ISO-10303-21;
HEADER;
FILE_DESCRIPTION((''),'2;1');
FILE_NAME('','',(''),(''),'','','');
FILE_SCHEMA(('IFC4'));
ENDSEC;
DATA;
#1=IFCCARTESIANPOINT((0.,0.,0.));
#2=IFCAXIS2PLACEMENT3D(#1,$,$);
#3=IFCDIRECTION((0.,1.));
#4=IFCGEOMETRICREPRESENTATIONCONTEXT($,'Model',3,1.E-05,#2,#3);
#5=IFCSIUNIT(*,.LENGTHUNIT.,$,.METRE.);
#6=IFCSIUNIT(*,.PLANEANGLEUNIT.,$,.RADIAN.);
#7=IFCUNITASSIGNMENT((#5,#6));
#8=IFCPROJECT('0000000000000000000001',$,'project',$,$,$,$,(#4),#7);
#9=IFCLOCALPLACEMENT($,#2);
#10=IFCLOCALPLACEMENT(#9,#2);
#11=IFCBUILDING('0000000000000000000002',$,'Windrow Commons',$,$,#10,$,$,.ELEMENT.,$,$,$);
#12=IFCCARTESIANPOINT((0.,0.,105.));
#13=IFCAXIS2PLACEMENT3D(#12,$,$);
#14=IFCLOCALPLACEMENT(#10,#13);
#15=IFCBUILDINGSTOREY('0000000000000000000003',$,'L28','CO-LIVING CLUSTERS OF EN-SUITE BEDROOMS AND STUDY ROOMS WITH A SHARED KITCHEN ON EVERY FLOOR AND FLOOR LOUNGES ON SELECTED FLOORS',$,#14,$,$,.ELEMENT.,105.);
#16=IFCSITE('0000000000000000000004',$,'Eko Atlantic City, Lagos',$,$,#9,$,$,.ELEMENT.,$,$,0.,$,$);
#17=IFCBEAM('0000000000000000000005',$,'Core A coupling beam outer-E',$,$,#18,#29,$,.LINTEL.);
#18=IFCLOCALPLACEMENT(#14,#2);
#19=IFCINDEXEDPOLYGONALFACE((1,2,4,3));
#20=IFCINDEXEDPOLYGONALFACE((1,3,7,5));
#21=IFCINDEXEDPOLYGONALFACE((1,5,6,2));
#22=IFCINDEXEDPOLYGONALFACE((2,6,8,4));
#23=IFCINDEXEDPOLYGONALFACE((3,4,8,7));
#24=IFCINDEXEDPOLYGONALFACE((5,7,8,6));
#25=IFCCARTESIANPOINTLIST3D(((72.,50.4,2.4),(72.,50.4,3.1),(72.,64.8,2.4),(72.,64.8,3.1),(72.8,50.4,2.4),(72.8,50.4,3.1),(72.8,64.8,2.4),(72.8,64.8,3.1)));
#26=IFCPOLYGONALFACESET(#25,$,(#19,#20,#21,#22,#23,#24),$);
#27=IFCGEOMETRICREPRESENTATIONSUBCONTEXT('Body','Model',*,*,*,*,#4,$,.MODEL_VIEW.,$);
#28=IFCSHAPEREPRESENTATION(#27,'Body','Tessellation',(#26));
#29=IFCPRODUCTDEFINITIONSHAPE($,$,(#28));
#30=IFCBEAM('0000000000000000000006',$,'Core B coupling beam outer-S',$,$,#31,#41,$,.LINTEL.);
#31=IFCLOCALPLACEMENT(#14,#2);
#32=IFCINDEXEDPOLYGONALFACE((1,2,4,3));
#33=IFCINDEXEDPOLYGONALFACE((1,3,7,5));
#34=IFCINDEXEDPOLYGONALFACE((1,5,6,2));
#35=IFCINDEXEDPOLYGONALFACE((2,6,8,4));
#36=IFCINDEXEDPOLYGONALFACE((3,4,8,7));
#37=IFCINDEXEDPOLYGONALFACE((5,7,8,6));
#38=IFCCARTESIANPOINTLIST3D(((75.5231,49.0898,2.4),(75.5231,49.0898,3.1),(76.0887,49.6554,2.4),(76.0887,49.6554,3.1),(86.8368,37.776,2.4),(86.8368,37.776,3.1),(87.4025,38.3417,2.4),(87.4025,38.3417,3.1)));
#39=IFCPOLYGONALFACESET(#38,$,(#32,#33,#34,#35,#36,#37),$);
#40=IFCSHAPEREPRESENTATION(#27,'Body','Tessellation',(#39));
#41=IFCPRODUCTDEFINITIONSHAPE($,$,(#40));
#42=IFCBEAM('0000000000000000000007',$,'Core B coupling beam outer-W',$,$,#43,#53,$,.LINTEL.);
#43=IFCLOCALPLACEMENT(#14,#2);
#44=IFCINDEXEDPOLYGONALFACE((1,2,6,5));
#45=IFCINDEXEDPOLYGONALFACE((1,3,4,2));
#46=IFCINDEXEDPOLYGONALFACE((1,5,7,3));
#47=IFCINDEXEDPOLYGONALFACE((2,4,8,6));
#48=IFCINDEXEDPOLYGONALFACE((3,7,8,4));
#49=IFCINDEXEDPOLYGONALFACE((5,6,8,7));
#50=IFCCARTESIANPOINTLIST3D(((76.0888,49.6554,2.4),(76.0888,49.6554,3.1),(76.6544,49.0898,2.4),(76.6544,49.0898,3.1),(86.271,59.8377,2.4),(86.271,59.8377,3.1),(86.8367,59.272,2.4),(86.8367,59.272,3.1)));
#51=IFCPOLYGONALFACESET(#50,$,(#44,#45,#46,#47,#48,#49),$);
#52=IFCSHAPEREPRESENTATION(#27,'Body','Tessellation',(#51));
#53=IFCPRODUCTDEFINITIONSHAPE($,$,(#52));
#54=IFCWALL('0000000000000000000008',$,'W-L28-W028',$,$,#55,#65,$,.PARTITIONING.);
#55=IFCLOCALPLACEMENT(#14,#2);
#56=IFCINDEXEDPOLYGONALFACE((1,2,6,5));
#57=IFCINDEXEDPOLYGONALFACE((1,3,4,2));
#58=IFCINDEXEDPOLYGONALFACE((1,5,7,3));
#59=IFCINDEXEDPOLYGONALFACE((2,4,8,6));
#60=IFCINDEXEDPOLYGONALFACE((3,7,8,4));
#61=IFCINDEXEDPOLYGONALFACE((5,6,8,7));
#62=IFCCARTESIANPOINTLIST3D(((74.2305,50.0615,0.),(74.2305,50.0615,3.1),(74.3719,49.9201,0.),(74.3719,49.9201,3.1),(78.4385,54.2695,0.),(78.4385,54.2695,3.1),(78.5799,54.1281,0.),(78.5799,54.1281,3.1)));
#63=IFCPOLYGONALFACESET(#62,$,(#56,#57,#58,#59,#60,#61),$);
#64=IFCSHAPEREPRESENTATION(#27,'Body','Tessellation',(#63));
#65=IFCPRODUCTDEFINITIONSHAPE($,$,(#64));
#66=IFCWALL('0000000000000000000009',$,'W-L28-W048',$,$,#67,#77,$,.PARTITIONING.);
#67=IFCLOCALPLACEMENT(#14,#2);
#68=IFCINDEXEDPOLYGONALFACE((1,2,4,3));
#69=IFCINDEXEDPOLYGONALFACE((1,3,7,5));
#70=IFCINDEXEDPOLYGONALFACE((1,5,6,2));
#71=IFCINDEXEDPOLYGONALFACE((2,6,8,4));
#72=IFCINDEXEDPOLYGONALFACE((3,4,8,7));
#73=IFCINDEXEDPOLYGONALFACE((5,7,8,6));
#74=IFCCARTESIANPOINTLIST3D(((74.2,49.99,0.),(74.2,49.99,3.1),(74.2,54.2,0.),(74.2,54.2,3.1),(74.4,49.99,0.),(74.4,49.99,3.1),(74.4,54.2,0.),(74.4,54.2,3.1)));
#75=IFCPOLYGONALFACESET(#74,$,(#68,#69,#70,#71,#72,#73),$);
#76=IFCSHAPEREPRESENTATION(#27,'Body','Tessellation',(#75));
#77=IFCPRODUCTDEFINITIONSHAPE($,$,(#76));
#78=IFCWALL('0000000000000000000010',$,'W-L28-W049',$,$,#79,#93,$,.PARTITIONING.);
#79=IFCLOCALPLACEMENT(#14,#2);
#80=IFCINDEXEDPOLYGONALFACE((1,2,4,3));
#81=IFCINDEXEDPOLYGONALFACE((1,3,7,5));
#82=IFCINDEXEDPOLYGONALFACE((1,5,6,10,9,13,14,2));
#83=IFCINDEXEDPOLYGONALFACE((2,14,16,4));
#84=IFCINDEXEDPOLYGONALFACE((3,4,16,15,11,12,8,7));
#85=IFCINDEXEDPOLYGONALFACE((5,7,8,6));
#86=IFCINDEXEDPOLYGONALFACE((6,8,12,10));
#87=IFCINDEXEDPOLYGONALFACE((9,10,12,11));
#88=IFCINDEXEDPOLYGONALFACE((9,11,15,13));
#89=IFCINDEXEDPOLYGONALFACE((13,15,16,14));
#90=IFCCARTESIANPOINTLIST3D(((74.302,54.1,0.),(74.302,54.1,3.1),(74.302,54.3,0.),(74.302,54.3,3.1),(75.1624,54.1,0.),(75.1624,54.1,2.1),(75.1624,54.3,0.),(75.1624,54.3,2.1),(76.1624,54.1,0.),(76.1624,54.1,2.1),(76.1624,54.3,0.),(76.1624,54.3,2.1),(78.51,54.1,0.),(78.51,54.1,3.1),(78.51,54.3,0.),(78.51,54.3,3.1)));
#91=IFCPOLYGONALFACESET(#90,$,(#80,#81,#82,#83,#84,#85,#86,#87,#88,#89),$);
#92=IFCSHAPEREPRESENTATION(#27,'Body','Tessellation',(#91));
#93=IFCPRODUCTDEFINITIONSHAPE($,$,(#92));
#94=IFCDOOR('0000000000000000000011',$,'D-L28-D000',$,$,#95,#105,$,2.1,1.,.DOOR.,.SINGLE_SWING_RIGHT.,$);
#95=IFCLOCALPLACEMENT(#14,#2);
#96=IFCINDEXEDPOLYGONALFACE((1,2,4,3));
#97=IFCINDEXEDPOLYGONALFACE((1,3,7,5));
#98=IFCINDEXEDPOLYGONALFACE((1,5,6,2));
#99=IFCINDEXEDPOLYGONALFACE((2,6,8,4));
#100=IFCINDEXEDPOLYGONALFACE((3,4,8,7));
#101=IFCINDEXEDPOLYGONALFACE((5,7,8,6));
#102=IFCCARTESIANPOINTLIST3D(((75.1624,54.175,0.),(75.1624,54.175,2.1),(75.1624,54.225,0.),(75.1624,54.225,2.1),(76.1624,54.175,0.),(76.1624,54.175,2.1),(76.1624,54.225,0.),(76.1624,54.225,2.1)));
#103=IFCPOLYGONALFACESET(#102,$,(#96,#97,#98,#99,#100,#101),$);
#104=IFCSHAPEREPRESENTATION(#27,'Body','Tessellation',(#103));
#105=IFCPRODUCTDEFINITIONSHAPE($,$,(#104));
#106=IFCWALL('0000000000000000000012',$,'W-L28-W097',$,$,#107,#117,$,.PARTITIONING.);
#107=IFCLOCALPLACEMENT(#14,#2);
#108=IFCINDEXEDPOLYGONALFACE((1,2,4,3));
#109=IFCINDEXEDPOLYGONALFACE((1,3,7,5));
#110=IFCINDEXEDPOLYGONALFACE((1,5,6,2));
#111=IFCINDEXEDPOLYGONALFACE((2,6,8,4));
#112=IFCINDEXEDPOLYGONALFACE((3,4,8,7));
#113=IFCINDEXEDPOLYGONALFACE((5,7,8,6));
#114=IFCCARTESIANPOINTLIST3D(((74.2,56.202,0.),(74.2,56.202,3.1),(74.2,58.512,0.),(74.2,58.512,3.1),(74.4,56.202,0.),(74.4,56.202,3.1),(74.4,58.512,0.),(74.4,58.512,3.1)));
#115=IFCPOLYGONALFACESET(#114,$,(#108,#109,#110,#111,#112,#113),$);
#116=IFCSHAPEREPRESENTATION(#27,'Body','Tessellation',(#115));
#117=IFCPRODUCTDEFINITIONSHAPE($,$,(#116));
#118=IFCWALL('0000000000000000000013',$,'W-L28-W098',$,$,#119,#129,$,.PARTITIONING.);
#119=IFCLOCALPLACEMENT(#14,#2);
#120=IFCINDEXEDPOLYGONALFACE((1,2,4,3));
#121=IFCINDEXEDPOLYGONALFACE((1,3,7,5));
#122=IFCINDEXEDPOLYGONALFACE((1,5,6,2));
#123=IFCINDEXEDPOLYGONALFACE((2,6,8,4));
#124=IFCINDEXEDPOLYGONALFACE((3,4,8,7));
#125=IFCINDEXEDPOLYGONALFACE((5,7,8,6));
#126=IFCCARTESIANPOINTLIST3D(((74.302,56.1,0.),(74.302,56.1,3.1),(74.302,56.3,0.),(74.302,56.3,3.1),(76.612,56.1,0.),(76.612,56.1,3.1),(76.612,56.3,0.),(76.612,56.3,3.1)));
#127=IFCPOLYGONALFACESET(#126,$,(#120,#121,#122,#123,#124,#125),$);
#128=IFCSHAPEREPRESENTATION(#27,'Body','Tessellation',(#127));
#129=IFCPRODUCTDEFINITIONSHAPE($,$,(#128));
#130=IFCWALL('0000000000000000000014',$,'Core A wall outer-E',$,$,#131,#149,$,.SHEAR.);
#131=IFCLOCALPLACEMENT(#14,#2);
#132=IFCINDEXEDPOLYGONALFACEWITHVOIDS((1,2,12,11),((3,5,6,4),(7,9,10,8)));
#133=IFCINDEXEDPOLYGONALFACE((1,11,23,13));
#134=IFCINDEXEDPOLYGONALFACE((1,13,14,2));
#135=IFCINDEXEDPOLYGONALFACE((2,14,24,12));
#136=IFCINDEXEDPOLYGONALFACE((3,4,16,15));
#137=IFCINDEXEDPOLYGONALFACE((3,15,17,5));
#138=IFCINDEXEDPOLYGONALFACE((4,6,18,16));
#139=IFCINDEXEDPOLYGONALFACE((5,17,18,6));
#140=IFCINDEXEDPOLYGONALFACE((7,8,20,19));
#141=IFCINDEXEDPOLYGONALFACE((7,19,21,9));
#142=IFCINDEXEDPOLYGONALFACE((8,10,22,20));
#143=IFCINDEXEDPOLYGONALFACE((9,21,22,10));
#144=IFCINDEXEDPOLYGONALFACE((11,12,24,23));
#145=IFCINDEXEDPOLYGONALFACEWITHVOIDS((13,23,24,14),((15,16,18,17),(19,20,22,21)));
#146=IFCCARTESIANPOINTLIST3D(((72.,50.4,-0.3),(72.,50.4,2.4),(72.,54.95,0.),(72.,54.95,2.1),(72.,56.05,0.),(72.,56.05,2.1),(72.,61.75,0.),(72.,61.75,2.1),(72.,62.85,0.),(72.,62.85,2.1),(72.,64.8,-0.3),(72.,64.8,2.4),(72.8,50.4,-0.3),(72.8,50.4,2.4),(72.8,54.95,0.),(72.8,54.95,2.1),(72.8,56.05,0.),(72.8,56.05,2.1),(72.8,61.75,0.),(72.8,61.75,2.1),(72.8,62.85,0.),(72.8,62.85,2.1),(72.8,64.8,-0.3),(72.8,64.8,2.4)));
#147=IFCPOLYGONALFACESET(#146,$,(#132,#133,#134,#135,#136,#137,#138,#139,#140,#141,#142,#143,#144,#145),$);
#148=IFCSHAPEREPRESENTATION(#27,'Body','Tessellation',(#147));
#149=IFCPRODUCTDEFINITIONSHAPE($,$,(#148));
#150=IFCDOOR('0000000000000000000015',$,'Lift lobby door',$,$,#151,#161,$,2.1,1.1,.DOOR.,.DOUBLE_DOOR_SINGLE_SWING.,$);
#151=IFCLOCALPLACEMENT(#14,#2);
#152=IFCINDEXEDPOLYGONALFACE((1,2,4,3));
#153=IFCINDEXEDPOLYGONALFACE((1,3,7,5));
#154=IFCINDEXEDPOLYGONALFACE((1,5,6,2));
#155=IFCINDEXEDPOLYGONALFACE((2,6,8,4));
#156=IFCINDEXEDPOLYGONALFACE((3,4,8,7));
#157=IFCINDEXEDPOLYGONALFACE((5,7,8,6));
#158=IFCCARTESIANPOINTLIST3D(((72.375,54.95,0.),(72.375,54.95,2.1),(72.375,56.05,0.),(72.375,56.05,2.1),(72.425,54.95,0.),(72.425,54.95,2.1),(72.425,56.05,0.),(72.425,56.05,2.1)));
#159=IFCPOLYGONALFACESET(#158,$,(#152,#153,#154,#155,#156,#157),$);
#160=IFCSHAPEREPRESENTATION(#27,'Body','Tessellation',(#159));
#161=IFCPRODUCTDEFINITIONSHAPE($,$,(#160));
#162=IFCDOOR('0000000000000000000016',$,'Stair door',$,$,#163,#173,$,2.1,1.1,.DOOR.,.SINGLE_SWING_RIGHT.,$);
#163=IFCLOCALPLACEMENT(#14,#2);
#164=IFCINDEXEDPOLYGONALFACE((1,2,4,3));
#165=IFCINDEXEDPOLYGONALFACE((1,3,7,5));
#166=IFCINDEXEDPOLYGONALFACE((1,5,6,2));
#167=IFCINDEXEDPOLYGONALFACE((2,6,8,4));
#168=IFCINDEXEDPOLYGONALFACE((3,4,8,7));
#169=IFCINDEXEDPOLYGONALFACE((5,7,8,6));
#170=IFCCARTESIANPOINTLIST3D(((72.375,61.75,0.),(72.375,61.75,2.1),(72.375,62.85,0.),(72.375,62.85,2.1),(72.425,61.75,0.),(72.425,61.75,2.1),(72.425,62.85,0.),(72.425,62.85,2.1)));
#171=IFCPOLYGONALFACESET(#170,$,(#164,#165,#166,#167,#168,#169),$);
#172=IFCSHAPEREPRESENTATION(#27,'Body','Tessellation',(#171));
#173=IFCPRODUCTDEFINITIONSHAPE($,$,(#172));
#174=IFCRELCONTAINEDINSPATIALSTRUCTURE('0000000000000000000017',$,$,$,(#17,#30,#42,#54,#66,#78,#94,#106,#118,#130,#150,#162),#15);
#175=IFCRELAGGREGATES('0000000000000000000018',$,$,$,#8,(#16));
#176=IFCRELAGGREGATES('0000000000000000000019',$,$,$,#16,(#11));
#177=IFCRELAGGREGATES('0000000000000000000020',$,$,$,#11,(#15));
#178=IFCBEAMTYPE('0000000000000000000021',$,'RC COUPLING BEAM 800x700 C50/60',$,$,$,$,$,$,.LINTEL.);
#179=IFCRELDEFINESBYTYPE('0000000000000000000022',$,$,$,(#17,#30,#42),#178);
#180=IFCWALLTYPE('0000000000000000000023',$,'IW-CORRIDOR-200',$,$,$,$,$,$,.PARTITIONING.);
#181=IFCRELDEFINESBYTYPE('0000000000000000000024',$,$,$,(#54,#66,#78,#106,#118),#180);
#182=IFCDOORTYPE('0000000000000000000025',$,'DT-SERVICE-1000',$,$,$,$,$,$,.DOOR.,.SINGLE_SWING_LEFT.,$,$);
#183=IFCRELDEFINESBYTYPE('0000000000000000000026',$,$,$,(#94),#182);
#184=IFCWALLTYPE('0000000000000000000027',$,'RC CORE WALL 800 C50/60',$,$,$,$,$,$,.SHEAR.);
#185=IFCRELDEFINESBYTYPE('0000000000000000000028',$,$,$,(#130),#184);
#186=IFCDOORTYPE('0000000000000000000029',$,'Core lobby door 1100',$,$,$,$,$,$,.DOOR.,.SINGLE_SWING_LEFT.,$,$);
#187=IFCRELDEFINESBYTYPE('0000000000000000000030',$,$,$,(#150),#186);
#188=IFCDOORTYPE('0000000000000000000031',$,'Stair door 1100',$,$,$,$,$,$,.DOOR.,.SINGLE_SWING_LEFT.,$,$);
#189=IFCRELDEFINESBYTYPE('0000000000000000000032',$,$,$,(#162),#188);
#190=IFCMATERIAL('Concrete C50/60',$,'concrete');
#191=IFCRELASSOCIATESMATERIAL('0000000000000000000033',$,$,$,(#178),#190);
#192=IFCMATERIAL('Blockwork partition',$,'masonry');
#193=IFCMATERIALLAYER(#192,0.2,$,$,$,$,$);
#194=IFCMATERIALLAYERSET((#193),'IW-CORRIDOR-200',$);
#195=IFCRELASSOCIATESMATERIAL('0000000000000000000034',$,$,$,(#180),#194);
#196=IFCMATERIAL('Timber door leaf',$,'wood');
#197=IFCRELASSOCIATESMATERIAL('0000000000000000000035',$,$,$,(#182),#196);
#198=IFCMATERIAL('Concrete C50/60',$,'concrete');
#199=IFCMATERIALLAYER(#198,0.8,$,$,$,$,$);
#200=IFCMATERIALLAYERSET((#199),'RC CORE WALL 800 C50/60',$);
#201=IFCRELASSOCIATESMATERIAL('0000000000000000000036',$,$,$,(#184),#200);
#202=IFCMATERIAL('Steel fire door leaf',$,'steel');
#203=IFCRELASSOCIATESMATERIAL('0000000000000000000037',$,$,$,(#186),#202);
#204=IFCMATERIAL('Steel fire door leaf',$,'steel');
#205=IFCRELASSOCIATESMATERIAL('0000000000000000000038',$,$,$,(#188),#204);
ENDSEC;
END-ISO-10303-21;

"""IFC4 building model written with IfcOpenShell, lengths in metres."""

from ifc_helpers import new_model, si_unit, direction, frame, frame_2d, origin, origin_2d, place, context, subcontext, project, spatial, rectangle, extrude, material, layer, layer_set, material_profile, profile_set, type_object, element, fill, save


model = new_model("IFC4")

# Units and contexts
model_context = context("Model", 3, precision=1e-05, world=origin(), true_north=direction((0.0, 1.0)))
body_context = subcontext(model_context, "Body", "Model", "MODEL_VIEW")
ifc_project = project(units=[si_unit("LENGTHUNIT", "METRE"), si_unit("PLANEANGLEUNIT", "RADIAN")], contexts=[model_context])

# Site, building, storey
site_placement = place(None, origin())
site = spatial("IfcSite", under=ifc_project, at=site_placement, Name="Eko Atlantic City, Lagos", CompositionType="ELEMENT", RefElevation=0.0)
building_placement = place(site_placement, origin())
building = spatial("IfcBuilding", under=site, at=building_placement, Name="Windrow Commons", CompositionType="ELEMENT")
storey_placement = place(building_placement, frame((0.0, 0.0, 105.0)))
storey = spatial("IfcBuildingStorey", under=building, at=storey_placement, Name="L28", Description="CO-LIVING CLUSTERS OF EN-SUITE BEDROOMS AND STUDY ROOMS WITH A SHARED KITCHEN ON EVERY FLOOR AND FLOOR LOUNGES ON SELECTED FLOORS", CompositionType="ELEMENT", Elevation=105.0)

# Beams
ifc_material_1 = material(Name="Concrete C50/60", Category="concrete")
ifc_material_profile = material_profile(ifc_material_1, rectangle(XDim=0.8, YDim=0.7, at=origin_2d()))
ifc_profile_set = profile_set([ifc_material_profile], Name="Concrete C50/60")
beam_type = type_object("IfcBeamType", Name="RC COUPLING BEAM 800x700 C50/60", PredefinedType="LINTEL", material=ifc_profile_set)
beam_1_placement = place(storey_placement, frame((72.4, 50.4, 2.75), z_axis=(0.0, 1.0, 0.0), x_axis=(-1.0, 0.0, 0.0)))
element("IfcBeam", 1, at=beam_1_placement, inside=storey, type_object=beam_type, Name="Core A coupling beam outer-E", PredefinedType="LINTEL", context=body_context, shape_type="SweptSolid", body=[
    extrude(rectangle(XDim=0.8, YDim=0.7, at=origin_2d()), origin(), (0.0, 0.0, 1.0), 14.4),
])
beam_2_placement = place(storey_placement, frame((75.8059, 49.3726, 2.75), z_axis=(0.707107, -0.707107, 0.0), x_axis=(0.707107, 0.707107, 0.0)))
element("IfcBeam", 2, at=beam_2_placement, inside=storey, type_object=beam_type, Name="Core B coupling beam outer-S", PredefinedType="LINTEL", context=body_context, shape_type="SweptSolid", body=[
    extrude(rectangle(XDim=0.8, YDim=0.7, at=origin_2d()), origin(), (0.0, 0.0, 1.0), 16.0),
])
beam_3_placement = place(storey_placement, frame((76.3716, 49.3726, 2.75), z_axis=(0.707107, 0.707107, 0.0), x_axis=(-0.707107, 0.707107, 0.0)))
element("IfcBeam", 3, at=beam_3_placement, inside=storey, type_object=beam_type, Name="Core B coupling beam outer-W", PredefinedType="LINTEL", context=body_context, shape_type="SweptSolid", body=[
    extrude(rectangle(XDim=0.8, YDim=0.7, at=origin_2d()), origin(), (0.0, 0.0, 1.0), 14.3999),
])

# Walls
ifc_material_2 = material(Name="Blockwork partition", Category="masonry")
ifc_layer_1 = layer(ifc_material_2, 0.2)
ifc_layer_set_1 = layer_set([ifc_layer_1], Name="IW-CORRIDOR-200")
wall_type_1 = type_object("IfcWallType", Name="IW-CORRIDOR-200", PredefinedType="PARTITIONING", material=ifc_layer_set_1)
wall_1_placement = place(storey_placement, frame((74.3012, 49.9908, 0.0), z_axis=(0.0, 0.0, 1.0), x_axis=(0.707107, 0.707107, 0.0)))
element("IfcWall", 4, at=wall_1_placement, inside=storey, type_object=wall_type_1, Name="W-L28-W028", PredefinedType="PARTITIONING", context=body_context, shape_type="SweptSolid", body=[
    extrude(rectangle(XDim=5.951, YDim=0.2, at=frame_2d((2.9755, 0.0))), origin(), (0.0, 0.0, 1.0), 3.1),
])
wall_2_placement = place(storey_placement, frame((74.3, 49.99, 0.0), z_axis=(0.0, 0.0, 1.0), x_axis=(0.0, 1.0, 0.0)))
element("IfcWall", 5, at=wall_2_placement, inside=storey, type_object=wall_type_1, Name="W-L28-W048", PredefinedType="PARTITIONING", context=body_context, shape_type="SweptSolid", body=[
    extrude(rectangle(XDim=4.21, YDim=0.2, at=frame_2d((2.105, 0.0))), origin(), (0.0, 0.0, 1.0), 3.1),
])

# Wall, opening, door
wall_3_placement = place(storey_placement, frame((74.302, 54.2, 0.0), z_axis=(0.0, 0.0, 1.0), x_axis=(1.0, 0.0, 0.0)))
wall_3 = element("IfcWall", 6, at=wall_3_placement, inside=storey, type_object=wall_type_1, Name="W-L28-W049", PredefinedType="PARTITIONING", context=body_context, shape_type="SweptSolid", body=[
    extrude(rectangle(XDim=4.208, YDim=0.2, at=frame_2d((2.104, 0.0))), origin(), (0.0, 0.0, 1.0), 3.1),
])
opening_1_placement = place(wall_3_placement, frame((0.8604, 0.0, 0.0)))
opening_1 = element("IfcOpeningElement", 7, at=opening_1_placement, cuts=wall_3, PredefinedType="OPENING", context=body_context, shape_type="SweptSolid", body=[
    extrude(rectangle(XDim=1.0, YDim=2.1, at=frame_2d((0.5, 1.05))), frame((0.0, 0.11, 0.0), z_axis=(0.0, -1.0, 0.0), x_axis=(1.0, 0.0, 0.0)), (0.0, 0.0, 1.0), 0.22),
])
ifc_material_3 = material(Name="Timber door leaf", Category="wood")
door_type_1 = type_object("IfcDoorType", Name="DT-SERVICE-1000", OperationType="SINGLE_SWING_LEFT", PredefinedType="DOOR", material=ifc_material_3)
door_1_placement = place(opening_1_placement, origin())
door_1 = element("IfcDoor", 8, at=door_1_placement, inside=storey, type_object=door_type_1, Name="D-L28-D000", OperationType="SINGLE_SWING_RIGHT", OverallHeight=2.1, OverallWidth=1.0, PredefinedType="DOOR", context=body_context, shape_type="SweptSolid", body=[
    extrude(rectangle(XDim=1.0, YDim=2.1, at=frame_2d((0.5, 1.05))), frame((0.0, 0.025, 0.0), z_axis=(0.0, -1.0, 0.0), x_axis=(1.0, 0.0, 0.0)), (0.0, 0.0, 1.0), 0.05),
])
fill(opening_1, door_1)

# Walls
for number, where, z_axis, x_axis, name in (
    (9, (74.3, 56.202, 0.0), (0.0, 0.0, 1.0), (0.0, 1.0, 0.0), "W-L28-W097"),
    (10, (74.302, 56.2, 0.0), (0.0, 0.0, 1.0), (1.0, 0.0, 0.0), "W-L28-W098"),
):
    element("IfcWall", number, at=place(storey_placement, frame(where, z_axis=z_axis, x_axis=x_axis)), inside=storey, type_object=wall_type_1, Name=name, PredefinedType="PARTITIONING", context=body_context, shape_type="SweptSolid", body=[
        extrude(rectangle(XDim=2.31, YDim=0.2, at=frame_2d((1.155, 0.0))), origin(), (0.0, 0.0, 1.0), 3.1),
    ])

# Wall, openings, doors
ifc_material_4 = material(Name="Concrete C50/60", Category="concrete")
ifc_layer_2 = layer(ifc_material_4, 0.8)
ifc_layer_set_2 = layer_set([ifc_layer_2], Name="RC CORE WALL 800 C50/60")
wall_type_2 = type_object("IfcWallType", Name="RC CORE WALL 800 C50/60", PredefinedType="SHEAR", material=ifc_layer_set_2)
wall_4_placement = place(storey_placement, frame((72.4, 50.4, -0.3), z_axis=(0.0, 0.0, 1.0), x_axis=(0.0, 1.0, 0.0)))
wall_4 = element("IfcWall", 11, at=wall_4_placement, inside=storey, type_object=wall_type_2, Name="Core A wall outer-E", PredefinedType="SHEAR", context=body_context, shape_type="SweptSolid", body=[
    extrude(rectangle(XDim=14.4, YDim=0.8, at=frame_2d((7.2, 0.0))), origin(), (0.0, 0.0, 1.0), 2.7),
])
opening_2_placement = place(wall_4_placement, frame((4.55, 0.0, 0.3)))
opening_2 = element("IfcOpeningElement", 12, at=opening_2_placement, cuts=wall_4, PredefinedType="OPENING", context=body_context, shape_type="SweptSolid", body=[
    extrude(rectangle(XDim=1.1, YDim=2.1, at=frame_2d((0.55, 1.05))), frame((0.0, 0.41, 0.0), z_axis=(0.0, -1.0, 0.0), x_axis=(1.0, 0.0, 0.0)), (0.0, 0.0, 1.0), 0.82),
])
opening_3_placement = place(wall_4_placement, frame((11.35, 0.0, 0.3)))
opening_3 = element("IfcOpeningElement", 13, at=opening_3_placement, cuts=wall_4, PredefinedType="OPENING", context=body_context, shape_type="SweptSolid", body=[
    extrude(rectangle(XDim=1.1, YDim=2.1, at=frame_2d((0.55, 1.05))), frame((0.0, 0.41, 0.0), z_axis=(0.0, -1.0, 0.0), x_axis=(1.0, 0.0, 0.0)), (0.0, 0.0, 1.0), 0.82),
])
ifc_material_5 = material(Name="Steel fire door leaf", Category="steel")
door_type_2 = type_object("IfcDoorType", Name="Core lobby door 1100", OperationType="SINGLE_SWING_LEFT", PredefinedType="DOOR", material=ifc_material_5)
door_2_placement = place(opening_2_placement, origin())
door_2 = element("IfcDoor", 14, at=door_2_placement, inside=storey, type_object=door_type_2, Name="Lift lobby door", OperationType="DOUBLE_DOOR_SINGLE_SWING", OverallHeight=2.1, OverallWidth=1.1, PredefinedType="DOOR", context=body_context, shape_type="SweptSolid", body=[
    extrude(rectangle(XDim=1.1, YDim=2.1, at=frame_2d((0.55, 1.05))), frame((0.0, 0.025, 0.0), z_axis=(0.0, -1.0, 0.0), x_axis=(1.0, 0.0, 0.0)), (0.0, 0.0, 1.0), 0.05),
])
fill(opening_2, door_2)
ifc_material_6 = material(Name="Steel fire door leaf", Category="steel")
door_type_3 = type_object("IfcDoorType", Name="Stair door 1100", OperationType="SINGLE_SWING_LEFT", PredefinedType="DOOR", material=ifc_material_6)
door_3_placement = place(opening_3_placement, origin())
door_3 = element("IfcDoor", 15, at=door_3_placement, inside=storey, type_object=door_type_3, Name="Stair door", OperationType="SINGLE_SWING_RIGHT", OverallHeight=2.1, OverallWidth=1.1, PredefinedType="DOOR", context=body_context, shape_type="SweptSolid", body=[
    extrude(rectangle(XDim=1.1, YDim=2.1, at=frame_2d((0.55, 1.05))), frame((0.0, 0.025, 0.0), z_axis=(0.0, -1.0, 0.0), x_axis=(1.0, 0.0, 0.0)), (0.0, 0.0, 1.0), 0.05),
])
fill(opening_3, door_3)

save(model, "model.ifc")
